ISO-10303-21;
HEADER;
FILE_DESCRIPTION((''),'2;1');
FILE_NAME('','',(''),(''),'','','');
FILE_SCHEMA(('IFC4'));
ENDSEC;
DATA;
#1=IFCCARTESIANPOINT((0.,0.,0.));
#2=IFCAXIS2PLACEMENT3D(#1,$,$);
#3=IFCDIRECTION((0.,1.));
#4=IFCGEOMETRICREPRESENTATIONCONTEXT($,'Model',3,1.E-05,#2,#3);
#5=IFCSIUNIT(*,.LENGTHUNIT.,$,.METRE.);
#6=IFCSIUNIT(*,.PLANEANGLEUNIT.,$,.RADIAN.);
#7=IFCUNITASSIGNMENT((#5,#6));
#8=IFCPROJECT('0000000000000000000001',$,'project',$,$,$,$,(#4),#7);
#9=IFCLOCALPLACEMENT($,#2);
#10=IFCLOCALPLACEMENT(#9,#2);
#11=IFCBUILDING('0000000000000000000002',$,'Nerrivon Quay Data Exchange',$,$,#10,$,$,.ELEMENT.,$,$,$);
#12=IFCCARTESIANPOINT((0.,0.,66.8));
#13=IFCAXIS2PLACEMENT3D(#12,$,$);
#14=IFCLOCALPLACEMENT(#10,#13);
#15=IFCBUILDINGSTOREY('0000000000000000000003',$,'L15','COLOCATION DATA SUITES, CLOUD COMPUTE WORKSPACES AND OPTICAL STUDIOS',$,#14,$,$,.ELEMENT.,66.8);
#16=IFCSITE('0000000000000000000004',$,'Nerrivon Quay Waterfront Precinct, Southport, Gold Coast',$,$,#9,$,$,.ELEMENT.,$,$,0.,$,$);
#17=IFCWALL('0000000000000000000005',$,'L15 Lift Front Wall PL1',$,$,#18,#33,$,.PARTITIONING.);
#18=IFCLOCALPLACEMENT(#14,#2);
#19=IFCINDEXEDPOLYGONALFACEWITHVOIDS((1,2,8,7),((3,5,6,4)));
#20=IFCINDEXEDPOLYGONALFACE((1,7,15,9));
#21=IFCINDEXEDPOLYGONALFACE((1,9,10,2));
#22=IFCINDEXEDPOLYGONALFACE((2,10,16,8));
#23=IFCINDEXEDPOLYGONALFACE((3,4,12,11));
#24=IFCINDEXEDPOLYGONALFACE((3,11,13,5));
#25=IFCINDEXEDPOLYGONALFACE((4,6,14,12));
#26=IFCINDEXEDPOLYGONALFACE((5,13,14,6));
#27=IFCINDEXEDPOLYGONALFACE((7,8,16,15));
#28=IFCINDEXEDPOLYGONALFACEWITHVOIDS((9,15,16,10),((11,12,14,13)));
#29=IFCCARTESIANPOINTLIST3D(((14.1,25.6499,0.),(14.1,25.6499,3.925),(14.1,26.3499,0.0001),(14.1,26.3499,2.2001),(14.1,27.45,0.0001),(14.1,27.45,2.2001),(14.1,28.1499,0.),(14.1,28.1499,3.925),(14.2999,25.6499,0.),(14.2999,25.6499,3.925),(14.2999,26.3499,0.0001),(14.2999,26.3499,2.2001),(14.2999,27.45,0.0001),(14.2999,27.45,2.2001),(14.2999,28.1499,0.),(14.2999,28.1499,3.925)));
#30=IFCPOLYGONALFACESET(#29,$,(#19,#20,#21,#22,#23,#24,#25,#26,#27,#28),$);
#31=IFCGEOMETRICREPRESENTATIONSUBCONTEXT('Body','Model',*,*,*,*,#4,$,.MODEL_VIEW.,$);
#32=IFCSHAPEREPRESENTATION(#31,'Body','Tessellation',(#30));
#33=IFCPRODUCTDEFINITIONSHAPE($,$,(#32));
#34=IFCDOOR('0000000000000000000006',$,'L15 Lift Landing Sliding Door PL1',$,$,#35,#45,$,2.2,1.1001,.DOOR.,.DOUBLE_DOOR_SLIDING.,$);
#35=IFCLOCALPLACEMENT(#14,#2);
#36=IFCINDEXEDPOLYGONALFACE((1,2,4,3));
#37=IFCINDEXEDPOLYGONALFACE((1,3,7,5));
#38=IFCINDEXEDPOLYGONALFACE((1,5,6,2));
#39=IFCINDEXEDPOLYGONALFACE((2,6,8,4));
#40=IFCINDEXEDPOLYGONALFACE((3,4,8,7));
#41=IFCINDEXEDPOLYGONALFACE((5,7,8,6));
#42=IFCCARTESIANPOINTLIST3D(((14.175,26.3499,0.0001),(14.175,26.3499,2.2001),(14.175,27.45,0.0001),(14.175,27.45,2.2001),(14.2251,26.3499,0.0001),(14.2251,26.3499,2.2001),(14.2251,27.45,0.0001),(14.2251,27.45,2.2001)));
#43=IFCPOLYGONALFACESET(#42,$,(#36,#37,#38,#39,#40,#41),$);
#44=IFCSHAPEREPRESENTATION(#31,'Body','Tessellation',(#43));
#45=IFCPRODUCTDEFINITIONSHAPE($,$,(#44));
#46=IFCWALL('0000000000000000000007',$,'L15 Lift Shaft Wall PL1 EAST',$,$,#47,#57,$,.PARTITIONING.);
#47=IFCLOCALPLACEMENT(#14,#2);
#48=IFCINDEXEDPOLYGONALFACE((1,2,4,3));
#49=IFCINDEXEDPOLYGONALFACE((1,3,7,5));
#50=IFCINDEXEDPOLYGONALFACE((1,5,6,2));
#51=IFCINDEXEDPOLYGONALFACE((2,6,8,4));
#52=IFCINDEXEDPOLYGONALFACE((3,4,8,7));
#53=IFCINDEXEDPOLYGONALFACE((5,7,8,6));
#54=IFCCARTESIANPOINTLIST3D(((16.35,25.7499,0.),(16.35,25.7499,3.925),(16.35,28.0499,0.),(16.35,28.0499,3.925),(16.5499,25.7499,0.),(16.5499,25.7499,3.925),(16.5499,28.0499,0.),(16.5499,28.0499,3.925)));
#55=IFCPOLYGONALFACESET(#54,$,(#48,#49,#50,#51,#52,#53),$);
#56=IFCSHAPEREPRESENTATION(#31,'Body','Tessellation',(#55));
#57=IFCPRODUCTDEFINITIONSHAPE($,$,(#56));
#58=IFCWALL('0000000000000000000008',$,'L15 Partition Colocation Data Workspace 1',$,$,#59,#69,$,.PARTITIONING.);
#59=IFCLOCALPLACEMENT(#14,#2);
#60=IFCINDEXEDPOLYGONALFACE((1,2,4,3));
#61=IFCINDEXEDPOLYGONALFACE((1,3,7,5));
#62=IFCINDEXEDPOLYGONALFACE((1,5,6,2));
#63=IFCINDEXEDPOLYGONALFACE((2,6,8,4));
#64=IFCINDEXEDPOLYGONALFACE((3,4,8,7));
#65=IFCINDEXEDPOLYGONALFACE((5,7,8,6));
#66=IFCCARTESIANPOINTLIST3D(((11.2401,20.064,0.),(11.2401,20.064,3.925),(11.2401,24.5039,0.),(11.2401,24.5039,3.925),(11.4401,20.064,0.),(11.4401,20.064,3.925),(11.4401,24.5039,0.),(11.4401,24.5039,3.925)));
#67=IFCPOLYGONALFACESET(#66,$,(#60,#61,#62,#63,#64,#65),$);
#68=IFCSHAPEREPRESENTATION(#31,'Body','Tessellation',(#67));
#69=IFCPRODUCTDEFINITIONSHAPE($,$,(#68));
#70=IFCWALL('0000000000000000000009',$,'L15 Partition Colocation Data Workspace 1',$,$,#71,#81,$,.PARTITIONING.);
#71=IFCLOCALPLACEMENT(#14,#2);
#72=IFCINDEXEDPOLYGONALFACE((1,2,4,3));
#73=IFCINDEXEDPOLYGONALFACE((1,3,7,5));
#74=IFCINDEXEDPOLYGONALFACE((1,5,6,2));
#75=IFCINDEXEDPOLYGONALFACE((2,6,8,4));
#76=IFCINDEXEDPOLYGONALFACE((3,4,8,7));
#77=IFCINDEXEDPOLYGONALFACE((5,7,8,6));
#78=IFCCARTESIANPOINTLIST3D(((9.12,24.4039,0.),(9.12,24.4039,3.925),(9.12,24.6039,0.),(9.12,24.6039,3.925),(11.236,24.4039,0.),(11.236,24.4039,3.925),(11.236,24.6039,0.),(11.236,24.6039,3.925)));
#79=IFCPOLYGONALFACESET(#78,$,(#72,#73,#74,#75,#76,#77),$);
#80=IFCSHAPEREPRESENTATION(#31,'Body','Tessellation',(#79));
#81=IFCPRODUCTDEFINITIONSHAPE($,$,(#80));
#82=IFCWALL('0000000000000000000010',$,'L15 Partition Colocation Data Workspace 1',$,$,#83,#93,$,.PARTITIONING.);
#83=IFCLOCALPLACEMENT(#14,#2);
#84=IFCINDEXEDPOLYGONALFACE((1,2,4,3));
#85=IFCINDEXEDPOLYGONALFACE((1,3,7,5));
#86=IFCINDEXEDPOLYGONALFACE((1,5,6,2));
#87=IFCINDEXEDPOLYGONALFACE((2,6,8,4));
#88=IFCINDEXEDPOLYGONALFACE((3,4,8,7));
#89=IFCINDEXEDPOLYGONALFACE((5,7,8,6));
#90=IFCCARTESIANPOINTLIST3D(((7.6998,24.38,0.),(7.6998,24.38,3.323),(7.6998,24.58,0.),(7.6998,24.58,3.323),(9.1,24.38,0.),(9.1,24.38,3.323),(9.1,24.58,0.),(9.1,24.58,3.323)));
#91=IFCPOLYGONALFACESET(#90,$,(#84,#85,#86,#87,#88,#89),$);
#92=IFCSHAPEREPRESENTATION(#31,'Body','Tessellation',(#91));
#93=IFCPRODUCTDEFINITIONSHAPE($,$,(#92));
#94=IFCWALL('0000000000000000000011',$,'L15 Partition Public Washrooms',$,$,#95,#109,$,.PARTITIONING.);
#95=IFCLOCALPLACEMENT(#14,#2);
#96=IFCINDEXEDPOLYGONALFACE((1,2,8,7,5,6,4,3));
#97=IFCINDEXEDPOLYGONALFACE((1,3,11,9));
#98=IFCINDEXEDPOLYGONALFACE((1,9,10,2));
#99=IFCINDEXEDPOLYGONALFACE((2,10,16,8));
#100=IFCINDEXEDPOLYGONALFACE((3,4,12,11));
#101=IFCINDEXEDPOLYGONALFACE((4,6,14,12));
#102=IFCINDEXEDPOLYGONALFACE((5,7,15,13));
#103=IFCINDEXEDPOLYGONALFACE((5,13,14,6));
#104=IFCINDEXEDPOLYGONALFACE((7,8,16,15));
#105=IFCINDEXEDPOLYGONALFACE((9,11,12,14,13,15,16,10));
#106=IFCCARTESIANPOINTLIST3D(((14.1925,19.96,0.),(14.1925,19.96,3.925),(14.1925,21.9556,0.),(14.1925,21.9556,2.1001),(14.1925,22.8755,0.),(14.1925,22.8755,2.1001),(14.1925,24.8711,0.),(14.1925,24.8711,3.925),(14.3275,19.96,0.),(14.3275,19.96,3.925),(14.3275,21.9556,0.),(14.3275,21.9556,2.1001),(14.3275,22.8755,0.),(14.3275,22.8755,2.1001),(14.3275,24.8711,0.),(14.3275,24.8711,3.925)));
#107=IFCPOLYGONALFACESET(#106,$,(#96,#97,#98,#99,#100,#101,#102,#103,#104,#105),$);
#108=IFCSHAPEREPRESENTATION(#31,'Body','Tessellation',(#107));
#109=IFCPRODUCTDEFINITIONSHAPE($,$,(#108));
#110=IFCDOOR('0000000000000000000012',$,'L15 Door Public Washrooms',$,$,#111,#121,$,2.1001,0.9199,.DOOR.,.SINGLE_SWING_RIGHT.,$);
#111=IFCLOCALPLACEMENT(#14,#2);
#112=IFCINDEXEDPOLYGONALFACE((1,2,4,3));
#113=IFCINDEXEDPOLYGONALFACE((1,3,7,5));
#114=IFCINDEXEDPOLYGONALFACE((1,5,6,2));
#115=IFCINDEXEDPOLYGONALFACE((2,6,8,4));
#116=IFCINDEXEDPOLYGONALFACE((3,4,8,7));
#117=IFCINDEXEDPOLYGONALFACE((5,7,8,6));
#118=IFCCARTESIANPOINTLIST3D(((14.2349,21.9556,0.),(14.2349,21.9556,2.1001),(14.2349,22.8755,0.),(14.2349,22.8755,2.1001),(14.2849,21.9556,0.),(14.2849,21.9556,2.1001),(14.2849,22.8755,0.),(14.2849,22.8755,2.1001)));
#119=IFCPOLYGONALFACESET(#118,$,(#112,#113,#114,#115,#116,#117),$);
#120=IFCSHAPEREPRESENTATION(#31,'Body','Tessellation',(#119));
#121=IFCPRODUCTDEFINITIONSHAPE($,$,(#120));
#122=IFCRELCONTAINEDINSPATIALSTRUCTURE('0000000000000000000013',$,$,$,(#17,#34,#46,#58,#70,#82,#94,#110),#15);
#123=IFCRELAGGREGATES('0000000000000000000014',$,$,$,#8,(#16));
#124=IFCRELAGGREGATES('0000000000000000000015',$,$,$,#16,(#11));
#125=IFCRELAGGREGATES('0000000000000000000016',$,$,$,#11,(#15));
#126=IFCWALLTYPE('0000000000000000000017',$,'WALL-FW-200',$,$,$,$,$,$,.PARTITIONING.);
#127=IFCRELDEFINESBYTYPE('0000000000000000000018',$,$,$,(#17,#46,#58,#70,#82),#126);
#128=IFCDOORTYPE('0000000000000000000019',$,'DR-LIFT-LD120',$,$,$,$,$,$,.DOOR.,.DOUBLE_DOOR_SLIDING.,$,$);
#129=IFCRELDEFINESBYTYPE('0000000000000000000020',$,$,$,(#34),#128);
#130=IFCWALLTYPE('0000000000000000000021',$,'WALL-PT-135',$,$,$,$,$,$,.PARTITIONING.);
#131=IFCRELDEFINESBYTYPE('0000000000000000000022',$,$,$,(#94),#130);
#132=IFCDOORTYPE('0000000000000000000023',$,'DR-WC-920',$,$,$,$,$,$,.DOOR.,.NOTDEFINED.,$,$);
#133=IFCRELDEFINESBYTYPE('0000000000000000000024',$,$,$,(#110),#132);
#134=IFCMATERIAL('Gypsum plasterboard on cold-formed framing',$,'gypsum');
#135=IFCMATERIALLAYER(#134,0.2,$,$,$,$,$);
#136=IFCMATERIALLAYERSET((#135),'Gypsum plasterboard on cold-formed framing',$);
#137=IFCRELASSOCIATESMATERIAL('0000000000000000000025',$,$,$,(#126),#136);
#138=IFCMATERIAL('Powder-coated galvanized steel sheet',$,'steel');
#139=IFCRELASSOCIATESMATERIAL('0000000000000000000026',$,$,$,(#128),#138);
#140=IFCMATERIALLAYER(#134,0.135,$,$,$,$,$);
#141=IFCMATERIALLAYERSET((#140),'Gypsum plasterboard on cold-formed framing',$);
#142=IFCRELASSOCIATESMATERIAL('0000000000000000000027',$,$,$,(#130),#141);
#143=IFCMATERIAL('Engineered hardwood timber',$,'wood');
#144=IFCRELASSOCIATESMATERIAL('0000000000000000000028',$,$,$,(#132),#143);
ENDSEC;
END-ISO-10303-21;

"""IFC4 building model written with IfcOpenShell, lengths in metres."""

from ifc_helpers import new_model, si_unit, direction, frame, frame_2d, origin, place, context, subcontext, project, spatial, rectangle, extrude, material, layer, layer_set, type_object, element, fill, save


model = new_model("IFC4")

# Units and contexts
model_context = context("Model", 3, precision=1e-05, world=origin(), true_north=direction((0.0, 1.0)))
body_context = subcontext(model_context, "Body", "Model", "MODEL_VIEW")
ifc_project = project(units=[si_unit("LENGTHUNIT", "METRE"), si_unit("PLANEANGLEUNIT", "RADIAN")], contexts=[model_context])

# Site, building, storey
site_placement = place(None, origin())
site = spatial("IfcSite", under=ifc_project, at=site_placement, Name="Nerrivon Quay Waterfront Precinct, Southport, Gold Coast", CompositionType="ELEMENT", RefElevation=0.0)
building_placement = place(site_placement, origin())
building = spatial("IfcBuilding", under=site, at=building_placement, Name="Nerrivon Quay Data Exchange", CompositionType="ELEMENT")
storey_placement = place(building_placement, frame((0.0, 0.0, 66.8)))
storey = spatial("IfcBuildingStorey", under=building, at=storey_placement, Name="L15", Description="COLOCATION DATA SUITES, CLOUD COMPUTE WORKSPACES AND OPTICAL STUDIOS", CompositionType="ELEMENT", Elevation=66.8)

# Shared definitions
ifc_material_1 = material(Name="Powder-coated galvanized steel sheet", Category="steel")
ifc_material_2 = material(Name="Gypsum plasterboard on cold-formed framing", Category="gypsum")
ifc_layer_1 = layer(ifc_material_2, 0.2)
ifc_layer_set_1 = layer_set([ifc_layer_1], Name="Gypsum plasterboard on cold-formed framing")
wall_type_1 = type_object("IfcWallType", Name="WALL-FW-200", PredefinedType="PARTITIONING", material=ifc_layer_set_1)
door_type_1 = type_object("IfcDoorType", Name="DR-LIFT-LD120", OperationType="DOUBLE_DOOR_SLIDING", PredefinedType="DOOR", material=ifc_material_1)

# Wall, opening, door
wall_1_placement = place(storey_placement, frame((14.2, 25.6499, 0.0), z_axis=(0.0, 0.0, 1.0), x_axis=(0.0, 1.0, 0.0)))
wall_1 = element("IfcWall", 1, at=wall_1_placement, inside=storey, type_object=wall_type_1, Name="L15 Lift Front Wall PL1", PredefinedType="PARTITIONING", context=body_context, shape_type="SweptSolid", body=[
    extrude(rectangle(XDim=2.5, YDim=0.2, at=frame_2d((1.25, 0.0))), origin(), (0.0, 0.0, 1.0), 3.925),
])
opening_1_placement = place(wall_1_placement, frame((0.7, 0.0, 0.0)))
opening_1 = element("IfcOpeningElement", 2, at=opening_1_placement, cuts=wall_1, PredefinedType="OPENING", context=body_context, shape_type="SweptSolid", body=[
    extrude(rectangle(XDim=1.1001, YDim=2.2, at=frame_2d((0.55, 1.1001))), frame((0.0, 0.1099, 0.0), z_axis=(0.0, -1.0, 0.0), x_axis=(1.0, 0.0, 0.0)), (0.0, 0.0, 1.0), 0.22),
])
door_1_placement = place(opening_1_placement, origin())
door_1 = element("IfcDoor", 3, at=door_1_placement, inside=storey, type_object=door_type_1, Name="L15 Lift Landing Sliding Door PL1", OperationType="DOUBLE_DOOR_SLIDING", OverallHeight=2.2, OverallWidth=1.1001, PredefinedType="DOOR", context=body_context, shape_type="SweptSolid", body=[
    extrude(rectangle(XDim=1.1001, YDim=2.2, at=frame_2d((0.55, 1.1001))), frame((0.0, 0.0249, 0.0), z_axis=(0.0, -1.0, 0.0), x_axis=(1.0, 0.0, 0.0)), (0.0, 0.0, 1.0), 0.05),
])
fill(opening_1, door_1)

# Walls
wall_2_placement = place(storey_placement, frame((16.45, 25.75, 0.0), z_axis=(0.0, 0.0, 1.0), x_axis=(0.0, 1.0, 0.0)))
element("IfcWall", 4, at=wall_2_placement, inside=storey, type_object=wall_type_1, Name="L15 Lift Shaft Wall PL1 EAST", PredefinedType="PARTITIONING", context=body_context, shape_type="SweptSolid", body=[
    extrude(rectangle(XDim=2.3, YDim=0.2, at=frame_2d((1.1499, 0.0))), origin(), (0.0, 0.0, 1.0), 3.925),
])
wall_3_placement = place(storey_placement, frame((11.3401, 20.064, 0.0), z_axis=(0.0, 0.0, 1.0), x_axis=(0.0, 1.0, 0.0)))
element("IfcWall", 5, at=wall_3_placement, inside=storey, type_object=wall_type_1, Name="L15 Partition Colocation Data Workspace 1", PredefinedType="PARTITIONING", context=body_context, shape_type="SweptSolid", body=[
    extrude(rectangle(XDim=4.4399, YDim=0.2, at=frame_2d((2.22, 0.0))), origin(), (0.0, 0.0, 1.0), 3.925),
])
wall_4_placement = place(storey_placement, frame((11.2361, 24.5039, 0.0), z_axis=(0.0, 0.0, 1.0), x_axis=(-1.0, 0.0, 0.0)))
element("IfcWall", 6, at=wall_4_placement, inside=storey, type_object=wall_type_1, Name="L15 Partition Colocation Data Workspace 1", PredefinedType="PARTITIONING", context=body_context, shape_type="SweptSolid", body=[
    extrude(rectangle(XDim=2.116, YDim=0.2, at=frame_2d((1.0581, 0.0))), origin(), (0.0, 0.0, 1.0), 3.925),
])
wall_5_placement = place(storey_placement, frame((9.1001, 24.48, 0.0), z_axis=(0.0, 0.0, 1.0), x_axis=(-1.0, 0.0, 0.0)))
element("IfcWall", 7, at=wall_5_placement, inside=storey, type_object=wall_type_1, Name="L15 Partition Colocation Data Workspace 1", PredefinedType="PARTITIONING", context=body_context, shape_type="SweptSolid", body=[
    extrude(rectangle(XDim=1.4001, YDim=0.2, at=frame_2d((0.7002, 0.0))), origin(), (0.0, 0.0, 1.0), 3.323),
])

# Wall, opening, door
ifc_layer_2 = layer(ifc_material_2, 0.135)
ifc_layer_set_2 = layer_set([ifc_layer_2], Name="Gypsum plasterboard on cold-formed framing")
wall_type_2 = type_object("IfcWallType", Name="WALL-PT-135", PredefinedType="PARTITIONING", material=ifc_layer_set_2)
wall_6_placement = place(storey_placement, frame((14.26, 24.8711, 0.0), z_axis=(0.0, 0.0, 1.0), x_axis=(0.0, -1.0, 0.0)))
wall_6 = element("IfcWall", 8, at=wall_6_placement, inside=storey, type_object=wall_type_2, Name="L15 Partition Public Washrooms", PredefinedType="PARTITIONING", context=body_context, shape_type="SweptSolid", body=[
    extrude(rectangle(XDim=4.9111, YDim=0.135, at=frame_2d((2.4556, 0.0))), origin(), (0.0, 0.0, 1.0), 3.925),
])
opening_2_placement = place(wall_6_placement, frame((1.9956, 0.0, 0.0)))
opening_2 = element("IfcOpeningElement", 9, at=opening_2_placement, cuts=wall_6, PredefinedType="OPENING", context=body_context, shape_type="SweptSolid", body=[
    extrude(rectangle(XDim=0.9199, YDim=2.1001, at=frame_2d((0.46, 1.05))), frame((0.0, 0.0774, 0.0), z_axis=(0.0, -1.0, 0.0), x_axis=(1.0, 0.0, 0.0)), (0.0, 0.0, 1.0), 0.155),
])
ifc_material_3 = material(Name="Engineered hardwood timber", Category="wood")
door_type_2 = type_object("IfcDoorType", Name="DR-WC-920", OperationType="NOTDEFINED", PredefinedType="DOOR", material=ifc_material_3)
door_2_placement = place(opening_2_placement, origin())
door_2 = element("IfcDoor", 10, at=door_2_placement, inside=storey, type_object=door_type_2, Name="L15 Door Public Washrooms", OperationType="SINGLE_SWING_RIGHT", OverallHeight=2.1001, OverallWidth=0.9199, PredefinedType="DOOR", context=body_context, shape_type="SweptSolid", body=[
    extrude(rectangle(XDim=0.9199, YDim=2.1001, at=frame_2d((0.46, 1.05))), frame((0.0, 0.0249, 0.0), z_axis=(0.0, -1.0, 0.0), x_axis=(1.0, 0.0, 0.0)), (0.0, 0.0, 1.0), 0.05),
])
fill(opening_2, door_2)

save(model, "model.ifc")
